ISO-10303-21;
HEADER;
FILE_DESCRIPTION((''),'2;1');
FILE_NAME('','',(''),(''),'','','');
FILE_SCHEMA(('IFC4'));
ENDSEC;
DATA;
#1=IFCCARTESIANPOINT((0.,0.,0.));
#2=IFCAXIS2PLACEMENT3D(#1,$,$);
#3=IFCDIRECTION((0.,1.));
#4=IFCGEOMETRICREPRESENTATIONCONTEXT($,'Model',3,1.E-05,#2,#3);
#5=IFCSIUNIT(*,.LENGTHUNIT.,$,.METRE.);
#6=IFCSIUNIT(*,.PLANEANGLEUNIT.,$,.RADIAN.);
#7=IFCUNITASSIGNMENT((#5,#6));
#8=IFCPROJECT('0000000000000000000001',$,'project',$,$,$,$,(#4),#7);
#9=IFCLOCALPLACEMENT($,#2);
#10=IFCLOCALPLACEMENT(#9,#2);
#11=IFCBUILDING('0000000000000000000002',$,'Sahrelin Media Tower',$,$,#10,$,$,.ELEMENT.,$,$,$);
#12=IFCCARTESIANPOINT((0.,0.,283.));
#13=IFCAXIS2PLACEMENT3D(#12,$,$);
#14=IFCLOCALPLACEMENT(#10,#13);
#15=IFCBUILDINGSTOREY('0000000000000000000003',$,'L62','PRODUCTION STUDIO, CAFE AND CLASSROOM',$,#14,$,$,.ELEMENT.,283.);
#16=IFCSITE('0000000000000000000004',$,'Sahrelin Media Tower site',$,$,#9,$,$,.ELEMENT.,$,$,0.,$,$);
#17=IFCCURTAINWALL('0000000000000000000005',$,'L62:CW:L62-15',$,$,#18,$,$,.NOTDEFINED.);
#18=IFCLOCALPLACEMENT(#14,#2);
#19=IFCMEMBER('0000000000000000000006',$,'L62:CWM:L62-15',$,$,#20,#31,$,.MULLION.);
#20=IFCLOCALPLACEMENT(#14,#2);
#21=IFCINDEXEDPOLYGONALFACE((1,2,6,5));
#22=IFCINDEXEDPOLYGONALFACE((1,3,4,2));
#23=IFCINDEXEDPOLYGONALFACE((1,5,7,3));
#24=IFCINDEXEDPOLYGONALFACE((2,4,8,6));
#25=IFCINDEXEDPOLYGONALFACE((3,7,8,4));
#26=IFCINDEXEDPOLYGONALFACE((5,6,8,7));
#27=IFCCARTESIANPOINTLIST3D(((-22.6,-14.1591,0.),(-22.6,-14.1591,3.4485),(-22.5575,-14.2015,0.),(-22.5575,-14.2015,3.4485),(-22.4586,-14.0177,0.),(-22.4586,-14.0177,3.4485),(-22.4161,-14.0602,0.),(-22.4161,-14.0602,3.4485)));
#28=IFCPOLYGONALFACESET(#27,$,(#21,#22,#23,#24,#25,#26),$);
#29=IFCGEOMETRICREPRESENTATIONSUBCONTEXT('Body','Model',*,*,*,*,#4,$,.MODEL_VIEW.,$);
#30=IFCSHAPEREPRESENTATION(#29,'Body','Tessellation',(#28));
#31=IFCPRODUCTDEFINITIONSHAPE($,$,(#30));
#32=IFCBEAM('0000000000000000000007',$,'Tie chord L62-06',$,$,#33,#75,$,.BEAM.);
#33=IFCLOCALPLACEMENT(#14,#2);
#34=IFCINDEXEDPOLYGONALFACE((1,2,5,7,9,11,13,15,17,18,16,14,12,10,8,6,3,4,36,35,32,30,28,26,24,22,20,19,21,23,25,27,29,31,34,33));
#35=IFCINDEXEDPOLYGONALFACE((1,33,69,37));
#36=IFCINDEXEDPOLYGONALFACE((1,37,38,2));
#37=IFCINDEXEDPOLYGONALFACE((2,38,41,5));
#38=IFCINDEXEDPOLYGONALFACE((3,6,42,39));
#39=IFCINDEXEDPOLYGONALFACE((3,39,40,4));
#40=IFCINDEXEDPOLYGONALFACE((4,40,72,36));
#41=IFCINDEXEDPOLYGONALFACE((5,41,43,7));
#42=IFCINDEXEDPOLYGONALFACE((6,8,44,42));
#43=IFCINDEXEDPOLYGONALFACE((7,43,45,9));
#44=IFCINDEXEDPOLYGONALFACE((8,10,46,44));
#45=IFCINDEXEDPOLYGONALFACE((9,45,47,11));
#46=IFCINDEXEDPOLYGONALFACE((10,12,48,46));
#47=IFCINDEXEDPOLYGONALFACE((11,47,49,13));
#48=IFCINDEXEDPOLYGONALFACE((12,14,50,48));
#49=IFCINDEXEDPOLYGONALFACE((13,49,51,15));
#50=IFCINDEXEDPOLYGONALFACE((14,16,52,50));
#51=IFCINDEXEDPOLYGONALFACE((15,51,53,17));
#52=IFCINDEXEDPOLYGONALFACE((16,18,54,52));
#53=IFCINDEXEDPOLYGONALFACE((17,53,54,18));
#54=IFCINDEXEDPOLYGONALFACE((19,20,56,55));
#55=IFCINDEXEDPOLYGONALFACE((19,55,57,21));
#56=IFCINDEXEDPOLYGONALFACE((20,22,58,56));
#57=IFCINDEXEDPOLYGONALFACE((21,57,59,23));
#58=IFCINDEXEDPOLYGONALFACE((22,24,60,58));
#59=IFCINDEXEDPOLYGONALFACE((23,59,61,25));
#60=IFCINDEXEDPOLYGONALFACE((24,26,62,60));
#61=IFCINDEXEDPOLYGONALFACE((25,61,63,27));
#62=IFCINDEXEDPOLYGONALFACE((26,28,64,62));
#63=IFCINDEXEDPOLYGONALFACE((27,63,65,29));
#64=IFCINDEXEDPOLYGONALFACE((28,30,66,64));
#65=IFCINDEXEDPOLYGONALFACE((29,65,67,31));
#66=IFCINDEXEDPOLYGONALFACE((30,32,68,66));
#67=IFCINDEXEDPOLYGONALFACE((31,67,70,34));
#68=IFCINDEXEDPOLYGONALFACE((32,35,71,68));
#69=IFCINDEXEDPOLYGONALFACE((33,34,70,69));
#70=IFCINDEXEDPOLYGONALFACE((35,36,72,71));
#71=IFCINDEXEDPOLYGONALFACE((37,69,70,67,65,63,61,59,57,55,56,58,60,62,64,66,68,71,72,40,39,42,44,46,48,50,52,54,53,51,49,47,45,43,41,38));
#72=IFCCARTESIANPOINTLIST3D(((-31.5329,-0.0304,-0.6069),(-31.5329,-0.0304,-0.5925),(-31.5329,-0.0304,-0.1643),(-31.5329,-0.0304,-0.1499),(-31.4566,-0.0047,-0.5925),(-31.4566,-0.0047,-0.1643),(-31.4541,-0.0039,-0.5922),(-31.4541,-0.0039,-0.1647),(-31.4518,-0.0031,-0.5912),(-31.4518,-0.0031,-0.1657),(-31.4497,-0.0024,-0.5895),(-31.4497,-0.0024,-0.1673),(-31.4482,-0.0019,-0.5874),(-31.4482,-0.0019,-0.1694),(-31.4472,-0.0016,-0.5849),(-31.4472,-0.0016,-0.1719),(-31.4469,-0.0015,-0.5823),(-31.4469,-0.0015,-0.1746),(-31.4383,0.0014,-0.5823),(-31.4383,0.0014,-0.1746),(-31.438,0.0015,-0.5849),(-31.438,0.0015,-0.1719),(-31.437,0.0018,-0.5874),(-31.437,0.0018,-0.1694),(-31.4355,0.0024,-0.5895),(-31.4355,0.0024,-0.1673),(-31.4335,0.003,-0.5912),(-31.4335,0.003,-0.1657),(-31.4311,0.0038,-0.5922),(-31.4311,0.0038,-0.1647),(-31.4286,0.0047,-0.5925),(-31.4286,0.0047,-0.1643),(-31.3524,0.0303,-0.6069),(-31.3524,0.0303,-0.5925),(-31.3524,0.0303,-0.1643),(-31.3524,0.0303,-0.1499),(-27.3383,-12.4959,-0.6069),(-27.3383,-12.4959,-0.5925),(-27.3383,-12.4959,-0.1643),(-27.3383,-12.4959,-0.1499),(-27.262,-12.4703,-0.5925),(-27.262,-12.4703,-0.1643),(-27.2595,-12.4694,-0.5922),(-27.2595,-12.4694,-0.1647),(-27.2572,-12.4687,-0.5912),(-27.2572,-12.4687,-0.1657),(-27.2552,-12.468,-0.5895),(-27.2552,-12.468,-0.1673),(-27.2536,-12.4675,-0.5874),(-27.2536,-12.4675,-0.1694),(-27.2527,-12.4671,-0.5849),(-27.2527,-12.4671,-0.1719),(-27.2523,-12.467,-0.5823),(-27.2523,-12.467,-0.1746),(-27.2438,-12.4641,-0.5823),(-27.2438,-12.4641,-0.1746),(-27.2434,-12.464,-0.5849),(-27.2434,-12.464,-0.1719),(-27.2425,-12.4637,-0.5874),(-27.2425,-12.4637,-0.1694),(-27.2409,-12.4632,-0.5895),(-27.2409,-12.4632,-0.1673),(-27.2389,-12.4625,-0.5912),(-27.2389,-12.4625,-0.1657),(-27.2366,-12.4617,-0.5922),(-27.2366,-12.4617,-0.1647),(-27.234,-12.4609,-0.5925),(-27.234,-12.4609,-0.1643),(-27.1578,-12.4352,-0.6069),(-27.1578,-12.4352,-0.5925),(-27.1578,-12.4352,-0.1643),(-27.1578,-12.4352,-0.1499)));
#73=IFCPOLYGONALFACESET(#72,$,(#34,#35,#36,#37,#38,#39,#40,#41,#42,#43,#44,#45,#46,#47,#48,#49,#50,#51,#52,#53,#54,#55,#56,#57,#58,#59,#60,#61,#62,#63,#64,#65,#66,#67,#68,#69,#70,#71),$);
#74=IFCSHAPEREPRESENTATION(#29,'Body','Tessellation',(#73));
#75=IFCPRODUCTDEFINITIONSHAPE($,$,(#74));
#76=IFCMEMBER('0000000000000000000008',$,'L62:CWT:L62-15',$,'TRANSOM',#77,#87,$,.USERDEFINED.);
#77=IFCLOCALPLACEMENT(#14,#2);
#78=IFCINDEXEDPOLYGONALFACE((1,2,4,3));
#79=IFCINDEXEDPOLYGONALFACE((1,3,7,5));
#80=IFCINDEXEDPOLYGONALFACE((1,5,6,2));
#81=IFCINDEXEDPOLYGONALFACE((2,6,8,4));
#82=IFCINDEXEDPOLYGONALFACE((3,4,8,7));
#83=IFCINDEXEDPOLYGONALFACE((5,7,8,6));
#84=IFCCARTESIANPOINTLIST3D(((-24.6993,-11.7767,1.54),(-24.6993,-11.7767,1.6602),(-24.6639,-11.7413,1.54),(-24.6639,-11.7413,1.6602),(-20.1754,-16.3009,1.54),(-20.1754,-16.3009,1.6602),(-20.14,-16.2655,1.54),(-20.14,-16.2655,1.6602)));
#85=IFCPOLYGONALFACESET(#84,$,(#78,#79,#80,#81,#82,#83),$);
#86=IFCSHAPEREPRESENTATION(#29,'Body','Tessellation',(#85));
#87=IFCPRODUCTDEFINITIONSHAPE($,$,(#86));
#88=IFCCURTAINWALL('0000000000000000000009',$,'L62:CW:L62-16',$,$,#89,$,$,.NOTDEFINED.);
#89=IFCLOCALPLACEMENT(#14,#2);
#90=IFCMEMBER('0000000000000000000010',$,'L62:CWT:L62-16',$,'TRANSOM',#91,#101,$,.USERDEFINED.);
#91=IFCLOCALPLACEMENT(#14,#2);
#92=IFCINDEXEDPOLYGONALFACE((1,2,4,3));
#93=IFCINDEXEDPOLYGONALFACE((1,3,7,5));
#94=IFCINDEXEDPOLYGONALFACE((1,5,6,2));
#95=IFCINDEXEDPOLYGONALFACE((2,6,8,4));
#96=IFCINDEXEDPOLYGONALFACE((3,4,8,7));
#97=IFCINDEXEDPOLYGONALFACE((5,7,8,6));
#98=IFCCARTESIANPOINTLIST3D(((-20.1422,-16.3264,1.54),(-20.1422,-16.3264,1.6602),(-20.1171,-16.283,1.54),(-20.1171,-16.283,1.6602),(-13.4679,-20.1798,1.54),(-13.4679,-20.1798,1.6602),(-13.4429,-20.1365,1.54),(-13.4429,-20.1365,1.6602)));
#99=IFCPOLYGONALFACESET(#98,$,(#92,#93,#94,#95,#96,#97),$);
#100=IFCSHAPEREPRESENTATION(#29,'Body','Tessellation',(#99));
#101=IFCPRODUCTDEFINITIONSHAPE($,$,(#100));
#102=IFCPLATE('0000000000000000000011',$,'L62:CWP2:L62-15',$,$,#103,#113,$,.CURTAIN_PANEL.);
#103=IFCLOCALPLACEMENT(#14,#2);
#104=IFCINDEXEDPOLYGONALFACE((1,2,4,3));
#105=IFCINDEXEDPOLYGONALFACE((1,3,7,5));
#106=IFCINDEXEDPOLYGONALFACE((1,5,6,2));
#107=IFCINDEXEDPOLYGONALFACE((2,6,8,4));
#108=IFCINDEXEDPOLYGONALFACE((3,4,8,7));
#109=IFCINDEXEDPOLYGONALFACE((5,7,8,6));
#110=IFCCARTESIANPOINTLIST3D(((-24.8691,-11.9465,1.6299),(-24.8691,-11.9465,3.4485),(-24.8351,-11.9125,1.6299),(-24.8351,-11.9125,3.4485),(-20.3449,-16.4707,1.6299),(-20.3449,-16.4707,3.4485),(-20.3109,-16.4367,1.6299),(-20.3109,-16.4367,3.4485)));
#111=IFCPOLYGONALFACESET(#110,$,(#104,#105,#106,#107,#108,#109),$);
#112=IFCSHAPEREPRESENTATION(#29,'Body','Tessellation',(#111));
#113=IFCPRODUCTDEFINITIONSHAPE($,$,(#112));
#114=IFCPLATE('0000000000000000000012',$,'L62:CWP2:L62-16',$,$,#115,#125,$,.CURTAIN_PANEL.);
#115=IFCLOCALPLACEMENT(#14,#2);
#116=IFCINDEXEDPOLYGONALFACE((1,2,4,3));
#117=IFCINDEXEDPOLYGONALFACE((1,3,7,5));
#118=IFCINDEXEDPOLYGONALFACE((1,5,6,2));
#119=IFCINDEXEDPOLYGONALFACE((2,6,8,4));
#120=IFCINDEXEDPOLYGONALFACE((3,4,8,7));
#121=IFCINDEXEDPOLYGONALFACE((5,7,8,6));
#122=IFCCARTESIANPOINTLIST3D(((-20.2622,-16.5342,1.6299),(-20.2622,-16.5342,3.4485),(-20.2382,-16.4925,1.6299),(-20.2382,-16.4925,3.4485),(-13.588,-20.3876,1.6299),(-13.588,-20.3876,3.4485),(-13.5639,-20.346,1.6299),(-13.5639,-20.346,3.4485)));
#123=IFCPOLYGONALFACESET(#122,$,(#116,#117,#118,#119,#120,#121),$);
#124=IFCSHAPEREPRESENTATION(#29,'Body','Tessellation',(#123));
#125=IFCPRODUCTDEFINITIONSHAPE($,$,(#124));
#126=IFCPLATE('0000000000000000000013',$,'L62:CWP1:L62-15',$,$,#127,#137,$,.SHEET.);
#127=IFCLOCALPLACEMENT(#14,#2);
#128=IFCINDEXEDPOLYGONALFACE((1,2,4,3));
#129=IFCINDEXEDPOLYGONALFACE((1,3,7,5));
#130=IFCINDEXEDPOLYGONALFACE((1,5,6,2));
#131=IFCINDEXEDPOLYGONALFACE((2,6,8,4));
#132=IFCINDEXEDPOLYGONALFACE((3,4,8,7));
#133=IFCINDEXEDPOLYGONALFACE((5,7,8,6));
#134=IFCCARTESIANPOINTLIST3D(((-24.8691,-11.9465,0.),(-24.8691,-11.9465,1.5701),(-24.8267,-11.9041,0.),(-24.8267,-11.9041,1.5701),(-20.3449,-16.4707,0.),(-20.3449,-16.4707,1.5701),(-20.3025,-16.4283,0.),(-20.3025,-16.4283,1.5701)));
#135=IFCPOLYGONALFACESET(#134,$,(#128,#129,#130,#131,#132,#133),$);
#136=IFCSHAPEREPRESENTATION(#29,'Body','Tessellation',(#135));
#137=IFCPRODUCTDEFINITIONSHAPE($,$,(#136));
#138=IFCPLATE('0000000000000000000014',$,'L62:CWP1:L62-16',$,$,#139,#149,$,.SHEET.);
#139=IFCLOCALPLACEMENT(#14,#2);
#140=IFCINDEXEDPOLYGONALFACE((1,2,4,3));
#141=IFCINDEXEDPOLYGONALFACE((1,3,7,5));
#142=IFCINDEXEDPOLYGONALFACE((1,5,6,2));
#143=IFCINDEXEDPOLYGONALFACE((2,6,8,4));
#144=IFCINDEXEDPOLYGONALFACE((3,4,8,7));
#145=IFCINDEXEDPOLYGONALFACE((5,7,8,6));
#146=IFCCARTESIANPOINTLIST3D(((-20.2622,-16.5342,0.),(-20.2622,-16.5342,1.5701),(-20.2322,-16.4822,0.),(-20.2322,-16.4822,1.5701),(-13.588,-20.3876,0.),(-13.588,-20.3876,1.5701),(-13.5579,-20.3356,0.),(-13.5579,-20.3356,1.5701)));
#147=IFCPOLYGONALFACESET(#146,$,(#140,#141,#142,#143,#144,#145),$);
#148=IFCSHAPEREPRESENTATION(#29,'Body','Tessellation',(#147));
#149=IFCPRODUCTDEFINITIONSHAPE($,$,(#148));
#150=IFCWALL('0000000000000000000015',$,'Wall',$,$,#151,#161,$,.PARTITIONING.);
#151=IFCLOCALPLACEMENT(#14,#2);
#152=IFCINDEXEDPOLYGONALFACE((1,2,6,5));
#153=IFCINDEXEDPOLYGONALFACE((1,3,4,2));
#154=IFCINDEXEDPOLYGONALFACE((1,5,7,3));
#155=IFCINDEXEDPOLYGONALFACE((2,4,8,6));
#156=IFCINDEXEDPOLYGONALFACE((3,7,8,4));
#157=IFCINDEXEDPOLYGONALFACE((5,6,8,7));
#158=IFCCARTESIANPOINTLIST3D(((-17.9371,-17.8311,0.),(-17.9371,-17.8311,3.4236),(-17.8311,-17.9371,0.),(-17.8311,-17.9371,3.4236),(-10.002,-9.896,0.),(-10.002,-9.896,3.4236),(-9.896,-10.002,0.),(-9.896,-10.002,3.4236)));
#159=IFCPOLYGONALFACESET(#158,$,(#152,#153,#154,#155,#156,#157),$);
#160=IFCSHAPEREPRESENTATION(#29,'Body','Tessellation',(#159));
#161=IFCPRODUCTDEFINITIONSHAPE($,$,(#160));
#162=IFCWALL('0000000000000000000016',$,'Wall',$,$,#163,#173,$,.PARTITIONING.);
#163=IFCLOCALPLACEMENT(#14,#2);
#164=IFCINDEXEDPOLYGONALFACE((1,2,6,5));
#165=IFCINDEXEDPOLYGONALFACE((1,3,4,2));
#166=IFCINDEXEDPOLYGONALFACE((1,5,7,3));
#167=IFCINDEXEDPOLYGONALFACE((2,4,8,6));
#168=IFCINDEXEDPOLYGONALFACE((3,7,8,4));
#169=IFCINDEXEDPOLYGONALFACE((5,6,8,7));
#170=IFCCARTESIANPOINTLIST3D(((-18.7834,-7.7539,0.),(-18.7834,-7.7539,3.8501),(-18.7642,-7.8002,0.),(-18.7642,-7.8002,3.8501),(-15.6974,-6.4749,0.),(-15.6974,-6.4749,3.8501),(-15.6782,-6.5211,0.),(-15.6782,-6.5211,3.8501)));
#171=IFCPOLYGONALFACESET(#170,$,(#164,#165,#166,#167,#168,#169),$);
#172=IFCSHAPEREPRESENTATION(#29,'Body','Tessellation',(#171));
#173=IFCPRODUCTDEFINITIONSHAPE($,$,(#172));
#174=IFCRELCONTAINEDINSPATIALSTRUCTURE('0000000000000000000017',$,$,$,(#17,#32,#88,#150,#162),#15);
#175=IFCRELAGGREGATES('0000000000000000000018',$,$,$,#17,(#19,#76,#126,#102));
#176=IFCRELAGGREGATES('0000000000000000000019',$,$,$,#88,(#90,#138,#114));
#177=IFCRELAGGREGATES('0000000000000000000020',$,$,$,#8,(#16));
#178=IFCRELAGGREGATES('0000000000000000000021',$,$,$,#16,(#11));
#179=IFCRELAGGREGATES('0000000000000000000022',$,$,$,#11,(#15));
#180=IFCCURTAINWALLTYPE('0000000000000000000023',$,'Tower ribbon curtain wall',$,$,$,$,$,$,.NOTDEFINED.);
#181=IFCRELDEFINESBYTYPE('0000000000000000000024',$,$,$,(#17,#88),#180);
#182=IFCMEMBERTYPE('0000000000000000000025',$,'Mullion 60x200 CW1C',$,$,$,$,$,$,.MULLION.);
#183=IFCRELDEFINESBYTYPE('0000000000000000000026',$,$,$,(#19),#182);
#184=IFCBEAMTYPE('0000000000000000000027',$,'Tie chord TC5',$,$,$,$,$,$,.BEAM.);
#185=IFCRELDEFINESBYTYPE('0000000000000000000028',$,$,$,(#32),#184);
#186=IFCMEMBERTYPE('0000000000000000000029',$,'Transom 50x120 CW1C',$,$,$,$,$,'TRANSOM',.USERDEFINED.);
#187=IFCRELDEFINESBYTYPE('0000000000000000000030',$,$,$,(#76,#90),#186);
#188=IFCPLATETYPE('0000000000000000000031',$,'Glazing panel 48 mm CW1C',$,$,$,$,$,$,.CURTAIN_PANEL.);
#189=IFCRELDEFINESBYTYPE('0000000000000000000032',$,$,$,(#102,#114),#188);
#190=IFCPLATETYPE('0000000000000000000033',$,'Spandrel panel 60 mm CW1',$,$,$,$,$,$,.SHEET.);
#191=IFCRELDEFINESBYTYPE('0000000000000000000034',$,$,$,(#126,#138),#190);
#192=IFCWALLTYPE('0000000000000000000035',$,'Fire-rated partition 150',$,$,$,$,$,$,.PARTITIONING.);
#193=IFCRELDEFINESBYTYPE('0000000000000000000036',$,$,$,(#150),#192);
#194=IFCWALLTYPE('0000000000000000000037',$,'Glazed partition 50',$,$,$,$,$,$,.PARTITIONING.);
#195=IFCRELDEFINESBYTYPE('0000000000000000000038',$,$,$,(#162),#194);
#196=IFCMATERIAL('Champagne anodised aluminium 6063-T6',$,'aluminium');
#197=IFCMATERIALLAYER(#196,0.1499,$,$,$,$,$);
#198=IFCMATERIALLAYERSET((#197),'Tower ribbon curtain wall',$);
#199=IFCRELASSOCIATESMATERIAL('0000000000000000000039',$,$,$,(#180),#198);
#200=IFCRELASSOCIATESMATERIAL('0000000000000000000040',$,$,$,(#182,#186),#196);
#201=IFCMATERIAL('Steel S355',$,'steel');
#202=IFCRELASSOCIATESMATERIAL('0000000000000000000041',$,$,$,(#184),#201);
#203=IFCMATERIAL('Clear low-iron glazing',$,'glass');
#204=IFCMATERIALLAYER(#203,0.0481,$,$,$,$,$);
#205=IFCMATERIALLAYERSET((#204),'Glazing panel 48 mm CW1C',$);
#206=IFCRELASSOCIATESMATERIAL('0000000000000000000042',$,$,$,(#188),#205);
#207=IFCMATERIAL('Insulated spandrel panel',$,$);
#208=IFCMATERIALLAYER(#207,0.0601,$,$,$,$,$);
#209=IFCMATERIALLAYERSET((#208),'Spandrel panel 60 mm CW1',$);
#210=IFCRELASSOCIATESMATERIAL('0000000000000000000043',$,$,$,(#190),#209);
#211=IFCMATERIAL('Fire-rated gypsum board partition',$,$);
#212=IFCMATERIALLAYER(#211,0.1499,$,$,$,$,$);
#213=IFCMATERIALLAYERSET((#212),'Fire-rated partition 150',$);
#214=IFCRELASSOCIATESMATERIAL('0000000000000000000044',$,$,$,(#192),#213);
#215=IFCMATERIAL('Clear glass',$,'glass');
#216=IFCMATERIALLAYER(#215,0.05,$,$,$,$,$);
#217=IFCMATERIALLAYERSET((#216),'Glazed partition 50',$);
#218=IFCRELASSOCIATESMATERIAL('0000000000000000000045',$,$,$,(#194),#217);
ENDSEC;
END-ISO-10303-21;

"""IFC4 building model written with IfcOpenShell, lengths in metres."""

from ifc_helpers import new_model, si_unit, direction, frame, frame_2d, origin, origin_2d, place, context, subcontext, project, spatial, polyline, rectangle, i_section, outline, extrude, material, layer, layer_set, material_profile, profile_set, type_object, element, aggregate, save


model = new_model("IFC4")

# Units and contexts
model_context = context("Model", 3, precision=1e-05, world=origin(), true_north=direction((0.0, 1.0)))
body_context = subcontext(model_context, "Body", "Model", "MODEL_VIEW")
ifc_project = project(units=[si_unit("LENGTHUNIT", "METRE"), si_unit("PLANEANGLEUNIT", "RADIAN")], contexts=[model_context])

# Site, building, storey
site_placement = place(None, origin())
site = spatial("IfcSite", under=ifc_project, at=site_placement, Name="Sahrelin Media Tower site", CompositionType="ELEMENT", RefElevation=0.0)
building_placement = place(site_placement, origin())
building = spatial("IfcBuilding", under=site, at=building_placement, Name="Sahrelin Media Tower", CompositionType="ELEMENT")
storey_placement = place(building_placement, frame((0.0, 0.0, 283.0)))
storey = spatial("IfcBuildingStorey", under=building, at=storey_placement, Name="L62", Description="PRODUCTION STUDIO, CAFE AND CLASSROOM", CompositionType="ELEMENT", Elevation=283.0)

# Shared definitions
ifc_material_1 = material(Name="Steel S355", Category="steel")

# Curtain wall, member
ifc_material_2 = material(Name="Champagne anodised aluminium 6063-T6", Category="aluminium")
ifc_layer_1 = layer(ifc_material_2, 0.1499)
ifc_layer_set_1 = layer_set([ifc_layer_1], Name="Tower ribbon curtain wall")
curtain_wall_type = type_object("IfcCurtainWallType", Name="Tower ribbon curtain wall", PredefinedType="NOTDEFINED", material=ifc_layer_set_1)
ifc_material_profile_1 = material_profile(ifc_material_2, rectangle(XDim=0.0601, YDim=0.2, at=origin_2d()), Name="Mullion 60x200")
ifc_profile_set_1 = profile_set([ifc_material_profile_1], Name="Champagne anodised aluminium 6063-T6")
member_type_1 = type_object("IfcMemberType", Name="Mullion 60x200 CW1C", PredefinedType="MULLION", material=ifc_profile_set_1)
curtain_wall_1_placement = place(storey_placement, frame((-22.593, -14.1943, 0.0), z_axis=(0.0, 0.0, 1.0), x_axis=(1.0, 0.0, 0.0)))
curtain_wall_1 = element("IfcCurtainWall", 1, at=curtain_wall_1_placement, inside=storey, type_object=curtain_wall_type, Name="L62:CW:L62-15", PredefinedType="NOTDEFINED")
member_1_placement = place(storey_placement, frame((-22.5081, -14.1096, 0.0), z_axis=(0.0, 0.0, 1.0), x_axis=(0.707107, -0.707107, 0.0)))
member_1 = element("IfcMember", 2, at=member_1_placement, type_object=member_type_1, Name="L62:CWM:L62-15", PredefinedType="MULLION", context=body_context, shape_type="SweptSolid", body=[
    extrude(rectangle(XDim=0.0601, YDim=0.2, at=origin_2d()), origin(), (0.0, 0.0, 1.0), 3.4485),
])

# Beam
ifc_material_profile_2 = material_profile(ifc_material_1, i_section(OverallWidth=0.1904, OverallDepth=0.457, WebThickness=0.009, FlangeThickness=0.0144, FilletRadius=0.0103, at=origin_2d()), Name="UB 457x191x74")
ifc_profile_set_2 = profile_set([ifc_material_profile_2], Name="Steel S355")
beam_type_1 = type_object("IfcBeamType", Name="Tie chord TC5", PredefinedType="BEAM", material=ifc_profile_set_2)
beam_1_placement = place(storey_placement, frame((-27.248, -12.4656, -0.3784), z_axis=(-0.318922, 0.947781, 0.0), x_axis=(-0.947781, -0.318922, 0.0)))
element("IfcBeam", 3, at=beam_1_placement, inside=storey, type_object=beam_type_1, Name="Tie chord L62-06", PredefinedType="BEAM", context=body_context, shape_type="SweptSolid", body=[
    extrude(i_section(OverallWidth=0.1904, OverallDepth=0.457, WebThickness=0.009, FlangeThickness=0.0144, FilletRadius=0.0103, at=origin_2d()), origin(), (0.0, 0.0, 1.0), 13.1523),
])

# Member
ifc_material_profile_3 = material_profile(ifc_material_2, rectangle(XDim=0.05, YDim=0.1201, at=origin_2d()), Name="Transom 50x120")
ifc_profile_set_3 = profile_set([ifc_material_profile_3], Name="Champagne anodised aluminium 6063-T6")
member_type_2 = type_object("IfcMemberType", Name="Transom 50x120 CW1C", ElementType="TRANSOM", PredefinedType="USERDEFINED", material=ifc_profile_set_3)
member_2_placement = place(storey_placement, frame((-24.6816, -11.759, 1.6001), z_axis=(0.707088, -0.707126, 0.0), x_axis=(0.707126, 0.707088, 0.0)))
member_2 = element("IfcMember", 4, at=member_2_placement, type_object=member_type_2, Name="L62:CWT:L62-15", ObjectType="TRANSOM", PredefinedType="USERDEFINED", context=body_context, shape_type="SweptSolid", body=[
    extrude(rectangle(XDim=0.05, YDim=0.1201, at=origin_2d()), origin(), (0.0, 0.0, 1.0), 6.3979),
])

# Curtain wall, member
curtain_wall_2_placement = place(storey_placement, frame((-16.915, -18.4436, 0.0), z_axis=(0.0, 0.0, 1.0), x_axis=(1.0, 0.0, 0.0)))
curtain_wall_2 = element("IfcCurtainWall", 5, at=curtain_wall_2_placement, inside=storey, type_object=curtain_wall_type, Name="L62:CW:L62-16", PredefinedType="NOTDEFINED")
member_3_placement = place(storey_placement, frame((-20.1296, -16.3047, 1.6001), z_axis=(0.86602, -0.500009, 0.0), x_axis=(0.500009, 0.86602, 0.0)))
member_3 = element("IfcMember", 6, at=member_3_placement, type_object=member_type_2, Name="L62:CWT:L62-16", ObjectType="TRANSOM", PredefinedType="USERDEFINED", context=body_context, shape_type="SweptSolid", body=[
    extrude(rectangle(XDim=0.05, YDim=0.1201, at=origin_2d()), origin(), (0.0, 0.0, 1.0), 7.7068),
])

# Plates
ifc_material_3 = material(Name="Clear low-iron glazing", Category="glass")
ifc_layer_2 = layer(ifc_material_3, 0.0481)
ifc_layer_set_2 = layer_set([ifc_layer_2], Name="Glazing panel 48 mm CW1C")
plate_type_1 = type_object("IfcPlateType", Name="Glazing panel 48 mm CW1C", PredefinedType="CURTAIN_PANEL", material=ifc_layer_set_2)
plate_1_placement = place(storey_placement, frame((-24.8691, -11.9465, 1.6299), z_axis=(-0.707107, -0.707107, 0.0), x_axis=(0.707107, -0.707107, 0.0)))
plate_1 = element("IfcPlate", 7, at=plate_1_placement, type_object=plate_type_1, Name="L62:CWP2:L62-15", PredefinedType="CURTAIN_PANEL", context=body_context, shape_type="SweptSolid", body=[
    extrude(outline(polyline([(0.0, 0.0), (6.3982, 0.0), (6.3982, 1.8186), (0.0, 1.8186), (0.0, 0.0)])), origin(), (0.0, 0.0, -1.0), 0.0481),
])
plate_2_placement = place(storey_placement, frame((-20.2622, -16.5342, 1.6299), z_axis=(-0.500009, -0.86602, 0.0), x_axis=(0.86602, -0.500009, 0.0)))
plate_2 = element("IfcPlate", 8, at=plate_2_placement, type_object=plate_type_1, Name="L62:CWP2:L62-16", PredefinedType="CURTAIN_PANEL", context=body_context, shape_type="SweptSolid", body=[
    extrude(outline(polyline([(0.0, 0.0), (7.7068, 0.0), (7.7068, 1.8186), (0.0, 1.8186), (0.0, 0.0)])), origin(), (0.0, 0.0, -1.0), 0.0481),
])
ifc_material_4 = material(Name="Insulated spandrel panel")
ifc_layer_3 = layer(ifc_material_4, 0.0601)
ifc_layer_set_3 = layer_set([ifc_layer_3], Name="Spandrel panel 60 mm CW1")
plate_type_2 = type_object("IfcPlateType", Name="Spandrel panel 60 mm CW1", PredefinedType="SHEET", material=ifc_layer_set_3)
plate_3_placement = place(storey_placement, frame((-24.8691, -11.9465, 0.0), z_axis=(-0.707107, -0.707107, 0.0), x_axis=(0.707107, -0.707107, 0.0)))
plate_3 = element("IfcPlate", 9, at=plate_3_placement, type_object=plate_type_2, Name="L62:CWP1:L62-15", PredefinedType="SHEET", context=body_context, shape_type="SweptSolid", body=[
    extrude(outline(polyline([(0.0, 0.0), (6.3982, 0.0), (6.3982, 1.5701), (0.0, 1.5701), (0.0, 0.0)])), origin(), (0.0, 0.0, -1.0), 0.0601),
])
aggregate(curtain_wall_1, [member_1, member_2, plate_3, plate_1])
plate_4_placement = place(storey_placement, frame((-20.2622, -16.5342, 0.0), z_axis=(-0.500009, -0.86602, 0.0), x_axis=(0.86602, -0.500009, 0.0)))
plate_4 = element("IfcPlate", 10, at=plate_4_placement, type_object=plate_type_2, Name="L62:CWP1:L62-16", PredefinedType="SHEET", context=body_context, shape_type="SweptSolid", body=[
    extrude(outline(polyline([(0.0, 0.0), (7.7068, 0.0), (7.7068, 1.5701), (0.0, 1.5701), (0.0, 0.0)])), origin(), (0.0, 0.0, -1.0), 0.0601),
])
aggregate(curtain_wall_2, [member_3, plate_4, plate_2])

# Walls
ifc_material_5 = material(Name="Fire-rated gypsum board partition")
ifc_layer_4 = layer(ifc_material_5, 0.1499)
ifc_layer_set_4 = layer_set([ifc_layer_4], Name="Fire-rated partition 150")
wall_type_1 = type_object("IfcWallType", Name="Fire-rated partition 150", PredefinedType="PARTITIONING", material=ifc_layer_set_4)
wall_1_placement = place(storey_placement, frame((-17.884, -17.884, 0.0), z_axis=(0.0, 0.0, 1.0), x_axis=(0.707107, 0.707107, 0.0)))
element("IfcWall", 11, at=wall_1_placement, inside=storey, type_object=wall_type_1, Name="Wall", PredefinedType="PARTITIONING", context=body_context, shape_type="SweptSolid", body=[
    extrude(rectangle(XDim=11.2219, YDim=0.1499, at=frame_2d((5.6108, 0.0))), origin(), (0.0, 0.0, 1.0), 3.4236),
])
ifc_material_6 = material(Name="Clear glass", Category="glass")
ifc_layer_5 = layer(ifc_material_6, 0.05)
ifc_layer_set_5 = layer_set([ifc_layer_5], Name="Glazed partition 50")
wall_type_2 = type_object("IfcWallType", Name="Glazed partition 50", PredefinedType="PARTITIONING", material=ifc_layer_set_5)
wall_2_placement = place(storey_placement, frame((-18.7739, -7.7771, 0.0), z_axis=(0.0, 0.0, 1.0), x_axis=(0.923793, 0.382892, 0.0)))
element("IfcWall", 12, at=wall_2_placement, inside=storey, type_object=wall_type_2, Name="Wall", PredefinedType="PARTITIONING", context=body_context, shape_type="SweptSolid", body=[
    extrude(rectangle(XDim=3.3406, YDim=0.05, at=frame_2d((1.6704, 0.0))), origin(), (0.0, 0.0, 1.0), 3.8501),
])

save(model, "model.ifc")
